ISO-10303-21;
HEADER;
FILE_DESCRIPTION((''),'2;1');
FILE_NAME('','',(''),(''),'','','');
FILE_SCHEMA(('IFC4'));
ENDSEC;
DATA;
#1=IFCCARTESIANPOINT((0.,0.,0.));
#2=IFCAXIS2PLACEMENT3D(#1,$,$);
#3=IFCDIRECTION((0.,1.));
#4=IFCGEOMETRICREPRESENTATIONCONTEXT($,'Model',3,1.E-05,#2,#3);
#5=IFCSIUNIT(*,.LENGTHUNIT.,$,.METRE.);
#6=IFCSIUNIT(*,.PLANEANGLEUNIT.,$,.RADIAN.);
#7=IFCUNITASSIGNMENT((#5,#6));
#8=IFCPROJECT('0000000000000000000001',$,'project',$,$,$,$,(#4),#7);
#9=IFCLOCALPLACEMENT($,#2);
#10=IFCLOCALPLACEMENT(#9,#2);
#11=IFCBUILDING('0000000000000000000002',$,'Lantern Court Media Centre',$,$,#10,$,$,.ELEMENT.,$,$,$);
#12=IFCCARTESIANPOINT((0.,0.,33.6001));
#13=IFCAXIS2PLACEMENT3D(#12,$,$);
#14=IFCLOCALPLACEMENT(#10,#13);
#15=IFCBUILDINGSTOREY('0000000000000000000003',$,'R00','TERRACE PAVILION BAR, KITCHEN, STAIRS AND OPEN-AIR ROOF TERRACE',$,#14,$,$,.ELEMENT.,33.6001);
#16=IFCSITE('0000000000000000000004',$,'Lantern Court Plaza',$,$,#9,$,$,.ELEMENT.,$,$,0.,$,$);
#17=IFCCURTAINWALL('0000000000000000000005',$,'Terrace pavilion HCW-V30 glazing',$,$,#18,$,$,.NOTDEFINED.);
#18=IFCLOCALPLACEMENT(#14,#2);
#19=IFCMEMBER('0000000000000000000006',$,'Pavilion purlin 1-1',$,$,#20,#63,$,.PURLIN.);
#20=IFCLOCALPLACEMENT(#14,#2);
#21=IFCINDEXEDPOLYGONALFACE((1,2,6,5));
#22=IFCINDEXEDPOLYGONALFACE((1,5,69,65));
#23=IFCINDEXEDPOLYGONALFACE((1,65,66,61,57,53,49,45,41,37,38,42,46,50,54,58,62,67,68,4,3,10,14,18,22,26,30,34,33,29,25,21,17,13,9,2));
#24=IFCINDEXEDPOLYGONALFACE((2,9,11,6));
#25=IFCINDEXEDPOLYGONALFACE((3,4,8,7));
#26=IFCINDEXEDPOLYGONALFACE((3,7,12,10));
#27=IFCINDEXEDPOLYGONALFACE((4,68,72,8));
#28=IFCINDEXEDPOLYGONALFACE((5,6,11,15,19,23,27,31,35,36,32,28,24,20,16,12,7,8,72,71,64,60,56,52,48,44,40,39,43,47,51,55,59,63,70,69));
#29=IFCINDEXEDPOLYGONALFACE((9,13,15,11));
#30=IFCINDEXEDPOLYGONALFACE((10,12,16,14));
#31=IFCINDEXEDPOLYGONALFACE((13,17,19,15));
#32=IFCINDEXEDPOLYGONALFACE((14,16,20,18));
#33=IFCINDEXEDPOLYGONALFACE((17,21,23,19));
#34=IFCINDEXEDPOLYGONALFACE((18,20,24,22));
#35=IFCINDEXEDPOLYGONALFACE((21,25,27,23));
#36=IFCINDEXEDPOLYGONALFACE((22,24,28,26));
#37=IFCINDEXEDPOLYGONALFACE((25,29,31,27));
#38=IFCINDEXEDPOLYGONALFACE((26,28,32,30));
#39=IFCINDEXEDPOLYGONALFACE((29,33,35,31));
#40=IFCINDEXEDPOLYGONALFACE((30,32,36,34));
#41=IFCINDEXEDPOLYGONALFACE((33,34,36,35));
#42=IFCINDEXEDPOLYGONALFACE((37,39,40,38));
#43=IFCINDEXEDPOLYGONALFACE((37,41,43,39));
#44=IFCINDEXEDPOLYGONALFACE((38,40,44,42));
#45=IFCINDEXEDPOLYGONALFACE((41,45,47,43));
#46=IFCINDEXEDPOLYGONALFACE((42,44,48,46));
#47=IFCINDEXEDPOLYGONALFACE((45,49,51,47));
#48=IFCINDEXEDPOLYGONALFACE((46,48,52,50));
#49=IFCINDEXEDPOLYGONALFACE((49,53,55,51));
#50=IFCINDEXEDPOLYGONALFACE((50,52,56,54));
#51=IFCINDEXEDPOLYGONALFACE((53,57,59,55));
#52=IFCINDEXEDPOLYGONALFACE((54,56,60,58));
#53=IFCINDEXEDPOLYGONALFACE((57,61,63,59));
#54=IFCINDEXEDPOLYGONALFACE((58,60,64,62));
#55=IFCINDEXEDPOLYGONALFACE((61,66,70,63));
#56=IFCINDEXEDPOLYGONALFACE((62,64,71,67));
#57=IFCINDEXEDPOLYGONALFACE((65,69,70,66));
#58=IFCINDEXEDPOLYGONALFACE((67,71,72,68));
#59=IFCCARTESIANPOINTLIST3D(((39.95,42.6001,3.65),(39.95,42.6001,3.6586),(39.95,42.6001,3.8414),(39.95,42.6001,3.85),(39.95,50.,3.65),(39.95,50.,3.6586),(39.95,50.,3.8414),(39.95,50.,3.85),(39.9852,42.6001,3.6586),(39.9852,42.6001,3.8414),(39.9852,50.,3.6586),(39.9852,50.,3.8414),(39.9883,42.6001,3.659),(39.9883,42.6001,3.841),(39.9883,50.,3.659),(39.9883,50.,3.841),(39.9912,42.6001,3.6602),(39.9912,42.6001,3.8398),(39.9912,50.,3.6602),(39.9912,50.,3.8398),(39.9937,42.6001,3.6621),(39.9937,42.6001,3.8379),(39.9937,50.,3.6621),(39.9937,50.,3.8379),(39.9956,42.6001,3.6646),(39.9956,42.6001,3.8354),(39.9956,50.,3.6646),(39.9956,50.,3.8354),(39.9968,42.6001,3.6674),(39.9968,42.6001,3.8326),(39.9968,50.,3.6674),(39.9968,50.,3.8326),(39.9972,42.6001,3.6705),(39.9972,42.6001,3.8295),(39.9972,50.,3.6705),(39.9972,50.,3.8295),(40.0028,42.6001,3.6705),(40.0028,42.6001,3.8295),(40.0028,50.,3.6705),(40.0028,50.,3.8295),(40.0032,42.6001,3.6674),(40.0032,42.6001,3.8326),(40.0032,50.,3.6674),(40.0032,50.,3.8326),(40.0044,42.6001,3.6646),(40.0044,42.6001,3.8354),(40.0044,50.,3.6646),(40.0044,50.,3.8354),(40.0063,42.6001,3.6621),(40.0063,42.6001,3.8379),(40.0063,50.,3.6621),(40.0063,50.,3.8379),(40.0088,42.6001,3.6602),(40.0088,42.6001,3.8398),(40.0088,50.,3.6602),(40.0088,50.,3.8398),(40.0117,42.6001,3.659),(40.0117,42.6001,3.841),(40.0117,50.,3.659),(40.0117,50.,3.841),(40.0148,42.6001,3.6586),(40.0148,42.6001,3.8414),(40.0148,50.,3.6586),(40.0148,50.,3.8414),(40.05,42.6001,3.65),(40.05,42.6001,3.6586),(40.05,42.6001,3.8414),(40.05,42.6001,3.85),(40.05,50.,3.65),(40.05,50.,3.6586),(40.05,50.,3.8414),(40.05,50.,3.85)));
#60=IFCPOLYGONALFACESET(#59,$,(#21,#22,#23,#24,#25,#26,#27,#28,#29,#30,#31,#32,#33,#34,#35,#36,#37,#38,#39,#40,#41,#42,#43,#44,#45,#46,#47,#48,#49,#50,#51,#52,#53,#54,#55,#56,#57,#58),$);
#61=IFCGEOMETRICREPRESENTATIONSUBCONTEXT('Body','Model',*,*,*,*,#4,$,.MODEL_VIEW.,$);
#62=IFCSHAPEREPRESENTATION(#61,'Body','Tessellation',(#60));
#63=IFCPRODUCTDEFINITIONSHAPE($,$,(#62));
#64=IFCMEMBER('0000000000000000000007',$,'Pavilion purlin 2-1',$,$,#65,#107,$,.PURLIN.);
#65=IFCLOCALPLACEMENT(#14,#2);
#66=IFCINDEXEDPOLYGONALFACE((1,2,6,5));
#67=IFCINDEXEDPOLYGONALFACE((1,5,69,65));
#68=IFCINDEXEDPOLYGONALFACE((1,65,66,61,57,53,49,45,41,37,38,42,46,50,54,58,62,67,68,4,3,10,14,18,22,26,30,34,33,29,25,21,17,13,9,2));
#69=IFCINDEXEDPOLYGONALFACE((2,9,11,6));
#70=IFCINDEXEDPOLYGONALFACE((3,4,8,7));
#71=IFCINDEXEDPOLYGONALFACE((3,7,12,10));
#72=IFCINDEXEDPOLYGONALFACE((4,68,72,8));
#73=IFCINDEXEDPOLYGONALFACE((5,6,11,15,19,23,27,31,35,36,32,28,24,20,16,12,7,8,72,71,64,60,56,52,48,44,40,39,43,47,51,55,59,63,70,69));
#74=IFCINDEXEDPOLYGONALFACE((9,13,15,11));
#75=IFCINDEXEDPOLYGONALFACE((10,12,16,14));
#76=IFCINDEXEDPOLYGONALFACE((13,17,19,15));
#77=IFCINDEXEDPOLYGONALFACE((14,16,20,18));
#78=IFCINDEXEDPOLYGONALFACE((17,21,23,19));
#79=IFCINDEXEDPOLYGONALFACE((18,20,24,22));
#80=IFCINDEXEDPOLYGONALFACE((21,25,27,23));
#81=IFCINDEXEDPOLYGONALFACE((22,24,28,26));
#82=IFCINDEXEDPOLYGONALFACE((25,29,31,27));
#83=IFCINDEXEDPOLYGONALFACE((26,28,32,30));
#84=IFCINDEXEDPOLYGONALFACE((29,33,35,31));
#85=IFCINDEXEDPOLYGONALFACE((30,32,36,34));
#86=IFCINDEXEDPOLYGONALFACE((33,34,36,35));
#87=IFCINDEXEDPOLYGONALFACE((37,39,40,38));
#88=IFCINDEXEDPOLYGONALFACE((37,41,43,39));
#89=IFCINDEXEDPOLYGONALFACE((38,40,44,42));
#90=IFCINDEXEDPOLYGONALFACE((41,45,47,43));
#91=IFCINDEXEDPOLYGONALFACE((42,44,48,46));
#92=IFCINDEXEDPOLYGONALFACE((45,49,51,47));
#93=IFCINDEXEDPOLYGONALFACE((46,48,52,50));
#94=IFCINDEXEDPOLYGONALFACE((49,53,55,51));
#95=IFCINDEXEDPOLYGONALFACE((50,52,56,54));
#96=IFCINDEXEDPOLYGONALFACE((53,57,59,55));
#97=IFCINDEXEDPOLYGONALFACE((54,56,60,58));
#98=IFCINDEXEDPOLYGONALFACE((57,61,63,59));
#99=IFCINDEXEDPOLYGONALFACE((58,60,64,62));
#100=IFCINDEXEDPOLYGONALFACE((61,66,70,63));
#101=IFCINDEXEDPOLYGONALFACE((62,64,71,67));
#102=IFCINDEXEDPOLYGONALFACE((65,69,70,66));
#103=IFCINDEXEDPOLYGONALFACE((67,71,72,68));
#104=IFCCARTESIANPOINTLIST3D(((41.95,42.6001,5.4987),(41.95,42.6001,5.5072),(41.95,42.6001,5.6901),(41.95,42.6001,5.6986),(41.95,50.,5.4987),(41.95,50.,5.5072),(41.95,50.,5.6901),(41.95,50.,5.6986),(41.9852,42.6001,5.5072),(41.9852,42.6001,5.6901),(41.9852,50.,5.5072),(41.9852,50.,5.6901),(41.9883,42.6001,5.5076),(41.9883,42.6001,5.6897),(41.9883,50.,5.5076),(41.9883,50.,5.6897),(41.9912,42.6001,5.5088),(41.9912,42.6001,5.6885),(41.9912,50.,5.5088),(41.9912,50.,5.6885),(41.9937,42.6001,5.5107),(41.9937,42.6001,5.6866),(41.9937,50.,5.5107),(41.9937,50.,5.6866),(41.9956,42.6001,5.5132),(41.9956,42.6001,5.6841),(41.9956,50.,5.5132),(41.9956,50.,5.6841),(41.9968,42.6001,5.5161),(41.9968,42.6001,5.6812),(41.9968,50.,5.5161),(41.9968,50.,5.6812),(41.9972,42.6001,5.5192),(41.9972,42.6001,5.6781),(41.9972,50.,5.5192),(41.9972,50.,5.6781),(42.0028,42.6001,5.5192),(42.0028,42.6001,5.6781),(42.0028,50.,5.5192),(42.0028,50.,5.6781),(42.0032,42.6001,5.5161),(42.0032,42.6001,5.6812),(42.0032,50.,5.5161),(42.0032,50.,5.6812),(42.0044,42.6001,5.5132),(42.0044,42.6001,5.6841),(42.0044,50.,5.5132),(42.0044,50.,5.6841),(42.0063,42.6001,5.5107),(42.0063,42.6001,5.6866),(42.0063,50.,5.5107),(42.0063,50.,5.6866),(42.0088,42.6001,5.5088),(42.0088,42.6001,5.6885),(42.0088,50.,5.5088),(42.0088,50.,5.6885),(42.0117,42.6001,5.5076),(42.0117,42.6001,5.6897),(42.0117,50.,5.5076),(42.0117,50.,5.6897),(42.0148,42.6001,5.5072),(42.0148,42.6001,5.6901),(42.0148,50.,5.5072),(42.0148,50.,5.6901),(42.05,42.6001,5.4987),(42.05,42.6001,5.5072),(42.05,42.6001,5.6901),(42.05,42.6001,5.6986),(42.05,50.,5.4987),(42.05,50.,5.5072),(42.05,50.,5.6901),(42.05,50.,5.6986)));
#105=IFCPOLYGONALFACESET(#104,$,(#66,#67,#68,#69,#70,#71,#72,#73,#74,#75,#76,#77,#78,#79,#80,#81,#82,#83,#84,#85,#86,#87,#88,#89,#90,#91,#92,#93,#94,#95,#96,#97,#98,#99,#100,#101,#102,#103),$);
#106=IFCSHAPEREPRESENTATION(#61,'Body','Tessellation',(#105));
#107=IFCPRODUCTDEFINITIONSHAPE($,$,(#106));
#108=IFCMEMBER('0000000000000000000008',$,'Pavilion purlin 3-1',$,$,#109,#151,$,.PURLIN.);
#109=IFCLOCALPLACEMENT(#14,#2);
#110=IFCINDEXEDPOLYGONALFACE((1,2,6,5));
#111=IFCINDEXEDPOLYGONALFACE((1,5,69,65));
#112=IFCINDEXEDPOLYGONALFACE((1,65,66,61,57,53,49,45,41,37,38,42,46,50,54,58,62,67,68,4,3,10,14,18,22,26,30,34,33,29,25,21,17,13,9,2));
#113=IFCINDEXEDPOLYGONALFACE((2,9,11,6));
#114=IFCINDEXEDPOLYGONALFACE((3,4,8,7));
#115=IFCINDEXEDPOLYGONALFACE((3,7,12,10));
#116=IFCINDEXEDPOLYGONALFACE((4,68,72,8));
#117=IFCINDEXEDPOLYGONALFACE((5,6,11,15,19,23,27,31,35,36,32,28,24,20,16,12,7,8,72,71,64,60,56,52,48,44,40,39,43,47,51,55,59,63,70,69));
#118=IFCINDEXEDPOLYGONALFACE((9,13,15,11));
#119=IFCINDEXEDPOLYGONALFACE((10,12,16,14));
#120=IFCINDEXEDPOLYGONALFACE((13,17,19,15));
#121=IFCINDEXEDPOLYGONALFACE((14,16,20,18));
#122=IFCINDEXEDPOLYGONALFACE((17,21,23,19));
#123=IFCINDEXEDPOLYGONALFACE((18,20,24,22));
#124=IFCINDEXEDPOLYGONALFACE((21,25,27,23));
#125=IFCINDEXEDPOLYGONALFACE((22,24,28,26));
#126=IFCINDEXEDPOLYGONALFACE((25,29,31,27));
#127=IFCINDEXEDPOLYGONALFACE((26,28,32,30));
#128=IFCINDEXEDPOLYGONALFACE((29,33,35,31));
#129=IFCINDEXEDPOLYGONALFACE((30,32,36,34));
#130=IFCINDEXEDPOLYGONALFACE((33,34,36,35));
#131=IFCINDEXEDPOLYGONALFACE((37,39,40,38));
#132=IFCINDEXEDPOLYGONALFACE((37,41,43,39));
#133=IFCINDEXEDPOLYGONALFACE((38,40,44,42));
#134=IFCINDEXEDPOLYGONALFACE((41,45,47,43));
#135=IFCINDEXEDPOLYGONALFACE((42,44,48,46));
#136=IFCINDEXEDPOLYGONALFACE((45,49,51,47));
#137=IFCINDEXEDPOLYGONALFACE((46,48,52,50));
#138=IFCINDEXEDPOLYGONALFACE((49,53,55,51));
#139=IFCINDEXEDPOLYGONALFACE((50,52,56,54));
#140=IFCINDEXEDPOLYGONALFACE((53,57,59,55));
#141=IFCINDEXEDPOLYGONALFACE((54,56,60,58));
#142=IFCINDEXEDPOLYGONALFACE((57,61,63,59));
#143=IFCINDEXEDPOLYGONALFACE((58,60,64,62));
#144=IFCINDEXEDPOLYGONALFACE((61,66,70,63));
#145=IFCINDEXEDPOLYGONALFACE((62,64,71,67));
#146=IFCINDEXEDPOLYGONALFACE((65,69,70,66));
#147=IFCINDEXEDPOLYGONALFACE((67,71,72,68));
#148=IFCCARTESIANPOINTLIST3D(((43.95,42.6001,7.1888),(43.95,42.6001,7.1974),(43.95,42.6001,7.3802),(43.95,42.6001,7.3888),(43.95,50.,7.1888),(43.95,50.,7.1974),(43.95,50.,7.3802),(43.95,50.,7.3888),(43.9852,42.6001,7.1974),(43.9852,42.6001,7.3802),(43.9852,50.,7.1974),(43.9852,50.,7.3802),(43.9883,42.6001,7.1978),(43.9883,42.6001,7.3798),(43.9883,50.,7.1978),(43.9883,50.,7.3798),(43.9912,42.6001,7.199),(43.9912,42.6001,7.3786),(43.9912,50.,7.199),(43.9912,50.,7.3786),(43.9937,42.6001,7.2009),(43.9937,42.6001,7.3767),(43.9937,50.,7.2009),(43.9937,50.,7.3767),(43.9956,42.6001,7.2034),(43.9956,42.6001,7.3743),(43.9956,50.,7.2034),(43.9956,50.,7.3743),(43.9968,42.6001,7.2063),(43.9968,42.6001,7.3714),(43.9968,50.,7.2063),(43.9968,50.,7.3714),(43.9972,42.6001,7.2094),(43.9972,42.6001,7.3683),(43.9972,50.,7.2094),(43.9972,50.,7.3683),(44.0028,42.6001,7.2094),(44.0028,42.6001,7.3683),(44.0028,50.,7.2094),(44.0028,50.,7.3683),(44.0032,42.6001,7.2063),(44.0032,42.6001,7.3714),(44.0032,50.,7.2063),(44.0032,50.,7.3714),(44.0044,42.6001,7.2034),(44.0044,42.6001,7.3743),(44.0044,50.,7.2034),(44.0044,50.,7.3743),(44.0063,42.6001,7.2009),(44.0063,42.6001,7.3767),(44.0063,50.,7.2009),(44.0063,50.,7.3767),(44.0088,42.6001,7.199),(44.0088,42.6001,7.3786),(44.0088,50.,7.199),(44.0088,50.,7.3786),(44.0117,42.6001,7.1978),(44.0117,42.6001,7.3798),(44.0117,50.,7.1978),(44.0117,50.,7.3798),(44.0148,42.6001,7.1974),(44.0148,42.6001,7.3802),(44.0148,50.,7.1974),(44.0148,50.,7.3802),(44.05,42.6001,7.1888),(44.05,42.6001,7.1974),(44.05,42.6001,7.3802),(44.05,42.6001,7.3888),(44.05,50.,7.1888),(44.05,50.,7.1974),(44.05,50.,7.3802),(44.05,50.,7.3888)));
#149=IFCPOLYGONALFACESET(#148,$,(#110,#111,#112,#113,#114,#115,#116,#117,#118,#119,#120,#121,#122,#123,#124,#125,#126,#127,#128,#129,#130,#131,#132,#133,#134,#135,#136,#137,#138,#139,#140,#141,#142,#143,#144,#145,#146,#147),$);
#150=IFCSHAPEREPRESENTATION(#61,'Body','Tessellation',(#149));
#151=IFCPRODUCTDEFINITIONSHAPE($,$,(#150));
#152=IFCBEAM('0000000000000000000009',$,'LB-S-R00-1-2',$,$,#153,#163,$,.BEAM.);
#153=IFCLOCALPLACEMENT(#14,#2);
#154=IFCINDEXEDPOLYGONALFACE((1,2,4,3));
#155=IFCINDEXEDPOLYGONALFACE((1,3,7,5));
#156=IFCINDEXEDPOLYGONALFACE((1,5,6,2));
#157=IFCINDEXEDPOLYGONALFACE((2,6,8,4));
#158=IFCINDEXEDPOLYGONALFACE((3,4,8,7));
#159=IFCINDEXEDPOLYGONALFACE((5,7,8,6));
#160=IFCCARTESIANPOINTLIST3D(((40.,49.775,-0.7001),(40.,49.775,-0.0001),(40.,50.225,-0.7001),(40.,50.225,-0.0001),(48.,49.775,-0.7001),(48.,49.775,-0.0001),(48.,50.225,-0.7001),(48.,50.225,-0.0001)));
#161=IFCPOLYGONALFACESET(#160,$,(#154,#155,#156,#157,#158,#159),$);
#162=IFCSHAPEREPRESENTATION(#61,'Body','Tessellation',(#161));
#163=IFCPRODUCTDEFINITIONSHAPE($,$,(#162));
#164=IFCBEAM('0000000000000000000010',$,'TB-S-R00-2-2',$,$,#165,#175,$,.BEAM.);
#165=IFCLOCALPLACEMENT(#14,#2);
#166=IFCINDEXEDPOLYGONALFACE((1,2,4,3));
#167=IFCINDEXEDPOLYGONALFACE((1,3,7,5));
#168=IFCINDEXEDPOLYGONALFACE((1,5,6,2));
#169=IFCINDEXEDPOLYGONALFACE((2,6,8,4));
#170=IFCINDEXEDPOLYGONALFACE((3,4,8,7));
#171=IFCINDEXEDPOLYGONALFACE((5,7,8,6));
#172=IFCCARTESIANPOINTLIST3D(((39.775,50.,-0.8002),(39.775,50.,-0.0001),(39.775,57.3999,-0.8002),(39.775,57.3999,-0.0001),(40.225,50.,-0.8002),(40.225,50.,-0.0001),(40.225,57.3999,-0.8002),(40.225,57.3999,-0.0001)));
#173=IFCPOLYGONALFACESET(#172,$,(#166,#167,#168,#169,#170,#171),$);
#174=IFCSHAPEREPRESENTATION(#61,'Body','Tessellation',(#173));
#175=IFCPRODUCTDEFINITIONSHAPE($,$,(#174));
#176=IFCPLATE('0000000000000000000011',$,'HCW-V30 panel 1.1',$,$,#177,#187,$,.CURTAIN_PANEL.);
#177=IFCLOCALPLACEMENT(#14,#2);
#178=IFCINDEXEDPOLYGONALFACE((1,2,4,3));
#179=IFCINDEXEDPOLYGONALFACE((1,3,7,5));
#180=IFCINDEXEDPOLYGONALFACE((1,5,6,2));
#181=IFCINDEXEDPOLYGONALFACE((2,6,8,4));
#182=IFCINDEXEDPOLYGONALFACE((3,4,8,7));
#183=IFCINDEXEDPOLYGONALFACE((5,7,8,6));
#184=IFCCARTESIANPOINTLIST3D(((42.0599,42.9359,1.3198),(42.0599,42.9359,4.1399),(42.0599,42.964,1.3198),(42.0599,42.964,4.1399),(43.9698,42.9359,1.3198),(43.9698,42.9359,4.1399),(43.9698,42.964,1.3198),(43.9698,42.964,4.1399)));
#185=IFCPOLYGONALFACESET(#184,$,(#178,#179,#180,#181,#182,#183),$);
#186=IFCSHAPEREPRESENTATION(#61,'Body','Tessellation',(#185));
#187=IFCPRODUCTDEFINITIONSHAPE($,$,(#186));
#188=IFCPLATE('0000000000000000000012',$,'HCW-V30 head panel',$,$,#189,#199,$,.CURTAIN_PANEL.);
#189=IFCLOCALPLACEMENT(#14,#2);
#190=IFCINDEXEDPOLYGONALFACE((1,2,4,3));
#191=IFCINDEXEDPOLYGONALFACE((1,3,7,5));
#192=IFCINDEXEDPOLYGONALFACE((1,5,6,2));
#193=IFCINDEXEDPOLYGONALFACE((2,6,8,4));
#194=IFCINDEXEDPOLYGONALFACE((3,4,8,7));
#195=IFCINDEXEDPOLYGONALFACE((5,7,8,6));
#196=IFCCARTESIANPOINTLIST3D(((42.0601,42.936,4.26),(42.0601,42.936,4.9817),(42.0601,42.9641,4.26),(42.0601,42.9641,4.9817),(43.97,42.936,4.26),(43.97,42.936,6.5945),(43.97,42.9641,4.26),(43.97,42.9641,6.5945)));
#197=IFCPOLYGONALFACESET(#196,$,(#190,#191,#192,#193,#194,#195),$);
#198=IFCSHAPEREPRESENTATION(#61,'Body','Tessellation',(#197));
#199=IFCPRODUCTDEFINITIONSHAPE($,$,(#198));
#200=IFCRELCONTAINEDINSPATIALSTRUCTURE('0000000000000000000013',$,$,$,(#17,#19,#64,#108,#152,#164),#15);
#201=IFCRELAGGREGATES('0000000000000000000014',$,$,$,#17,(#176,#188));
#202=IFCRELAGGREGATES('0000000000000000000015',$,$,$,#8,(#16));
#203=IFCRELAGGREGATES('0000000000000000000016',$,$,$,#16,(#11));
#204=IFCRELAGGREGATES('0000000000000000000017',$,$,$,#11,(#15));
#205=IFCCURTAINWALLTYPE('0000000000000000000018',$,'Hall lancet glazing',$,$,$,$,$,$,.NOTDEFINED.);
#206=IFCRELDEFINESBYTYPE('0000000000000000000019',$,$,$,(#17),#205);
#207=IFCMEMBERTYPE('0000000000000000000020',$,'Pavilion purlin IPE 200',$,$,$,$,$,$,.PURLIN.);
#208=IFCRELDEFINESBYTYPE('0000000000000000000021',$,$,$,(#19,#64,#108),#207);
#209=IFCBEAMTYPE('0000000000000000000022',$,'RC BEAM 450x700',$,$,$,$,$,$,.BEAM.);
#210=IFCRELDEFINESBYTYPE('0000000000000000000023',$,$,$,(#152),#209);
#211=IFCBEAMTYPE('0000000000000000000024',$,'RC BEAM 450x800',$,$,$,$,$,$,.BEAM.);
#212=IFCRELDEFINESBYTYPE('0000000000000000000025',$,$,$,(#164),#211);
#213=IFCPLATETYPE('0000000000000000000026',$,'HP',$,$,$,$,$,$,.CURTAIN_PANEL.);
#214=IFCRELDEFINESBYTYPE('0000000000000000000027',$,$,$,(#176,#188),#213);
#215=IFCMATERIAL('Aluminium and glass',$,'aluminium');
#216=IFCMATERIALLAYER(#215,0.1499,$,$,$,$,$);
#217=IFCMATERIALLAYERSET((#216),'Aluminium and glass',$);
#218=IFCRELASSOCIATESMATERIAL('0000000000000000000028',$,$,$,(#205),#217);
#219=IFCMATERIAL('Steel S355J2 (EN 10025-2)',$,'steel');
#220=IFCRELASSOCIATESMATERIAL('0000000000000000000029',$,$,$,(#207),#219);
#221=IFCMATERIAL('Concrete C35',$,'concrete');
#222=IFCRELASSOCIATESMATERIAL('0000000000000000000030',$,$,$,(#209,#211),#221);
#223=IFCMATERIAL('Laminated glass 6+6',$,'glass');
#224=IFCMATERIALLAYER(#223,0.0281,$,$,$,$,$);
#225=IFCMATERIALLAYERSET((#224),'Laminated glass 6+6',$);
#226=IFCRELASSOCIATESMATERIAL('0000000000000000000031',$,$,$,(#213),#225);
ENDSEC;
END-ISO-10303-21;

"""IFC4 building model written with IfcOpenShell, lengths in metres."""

from ifc_helpers import new_model, si_unit, direction, frame, origin, origin_2d, place, context, subcontext, project, spatial, polyline, rectangle, i_section, outline, extrude, material, layer, layer_set, material_profile, profile_set, type_object, element, aggregate, save


model = new_model("IFC4")

# Units and contexts
model_context = context("Model", 3, precision=1e-05, world=origin(), true_north=direction((0.0, 1.0)))
body_context = subcontext(model_context, "Body", "Model", "MODEL_VIEW")
ifc_project = project(units=[si_unit("LENGTHUNIT", "METRE"), si_unit("PLANEANGLEUNIT", "RADIAN")], contexts=[model_context])

# Site, building, storey
site_placement = place(None, origin())
site = spatial("IfcSite", under=ifc_project, at=site_placement, Name="Lantern Court Plaza", CompositionType="ELEMENT", RefElevation=0.0)
building_placement = place(site_placement, origin())
building = spatial("IfcBuilding", under=site, at=building_placement, Name="Lantern Court Media Centre", CompositionType="ELEMENT")
storey_placement = place(building_placement, frame((0.0, 0.0, 33.6001)))
storey = spatial("IfcBuildingStorey", under=building, at=storey_placement, Name="R00", Description="TERRACE PAVILION BAR, KITCHEN, STAIRS AND OPEN-AIR ROOF TERRACE", CompositionType="ELEMENT", Elevation=33.6001)

# Shared definitions
ifc_material_1 = material(Name="Steel S355J2 (EN 10025-2)", Category="steel")

# Curtain wall
ifc_material_2 = material(Name="Aluminium and glass", Category="aluminium")
ifc_layer_1 = layer(ifc_material_2, 0.1499)
ifc_layer_set_1 = layer_set([ifc_layer_1], Name="Aluminium and glass")
curtain_wall_type = type_object("IfcCurtainWallType", Name="Hall lancet glazing", PredefinedType="NOTDEFINED", material=ifc_layer_set_1)
curtain_wall_placement = place(storey_placement, origin())
curtain_wall = element("IfcCurtainWall", 1, at=curtain_wall_placement, inside=storey, type_object=curtain_wall_type, Name="Terrace pavilion HCW-V30 glazing", PredefinedType="NOTDEFINED")

# Members
ifc_material_profile_1 = material_profile(ifc_material_1, i_section(OverallWidth=0.1001, OverallDepth=0.2, WebThickness=0.0056, FlangeThickness=0.0085, FilletRadius=0.012, at=origin_2d()), Name="IPE 200")
ifc_profile_set_1 = profile_set([ifc_material_profile_1], Name="Steel S355J2 (EN 10025-2)")
member_type_1 = type_object("IfcMemberType", Name="Pavilion purlin IPE 200", PredefinedType="PURLIN", material=ifc_profile_set_1)
for number, where, z_axis, x_axis, name in (
    (2, (40.0, 42.6001, 3.75), (0.0, 1.0, 0.0), (-1.0, 0.0, 0.0), "Pavilion purlin 1-1"),
    (3, (42.0, 42.6001, 5.5986), (0.0, 1.0, 0.0), (-1.0, 0.0, 0.0), "Pavilion purlin 2-1"),
    (4, (44.0, 42.6001, 7.2888), (0.0, 1.0, 0.0), (-1.0, 0.0, 0.0), "Pavilion purlin 3-1"),
):
    element("IfcMember", number, at=place(storey_placement, frame(where, z_axis=z_axis, x_axis=x_axis)), inside=storey, type_object=member_type_1, Name=name, PredefinedType="PURLIN", context=body_context, shape_type="SweptSolid", body=[
        extrude(i_section(OverallWidth=0.1001, OverallDepth=0.2, WebThickness=0.0056, FlangeThickness=0.0085, FilletRadius=0.012, at=origin_2d()), origin(), (0.0, 0.0, 1.0), 7.3999),
    ])

# Beams
ifc_material_3 = material(Name="Concrete C35", Category="concrete")
ifc_material_profile_2 = material_profile(ifc_material_3, rectangle(XDim=0.45, YDim=0.7, at=origin_2d()), Name="RC 450x700")
ifc_profile_set_2 = profile_set([ifc_material_profile_2], Name="Concrete C35")
beam_type_1 = type_object("IfcBeamType", Name="RC BEAM 450x700", PredefinedType="BEAM", material=ifc_profile_set_2)
beam_1_placement = place(storey_placement, frame((40.0, 50.0, -0.3501), z_axis=(1.0, 0.0, 0.0), x_axis=(0.0, 1.0, 0.0)))
element("IfcBeam", 5, at=beam_1_placement, inside=storey, type_object=beam_type_1, Name="LB-S-R00-1-2", PredefinedType="BEAM", context=body_context, shape_type="SweptSolid", body=[
    extrude(rectangle(XDim=0.45, YDim=0.7, at=origin_2d()), origin(), (0.0, 0.0, 1.0), 8.0),
])
ifc_material_profile_3 = material_profile(ifc_material_3, rectangle(XDim=0.45, YDim=0.8, at=origin_2d()), Name="RC 450x800")
ifc_profile_set_3 = profile_set([ifc_material_profile_3], Name="Concrete C35")
beam_type_2 = type_object("IfcBeamType", Name="RC BEAM 450x800", PredefinedType="BEAM", material=ifc_profile_set_3)
beam_2_placement = place(storey_placement, frame((40.0, 50.0, -0.4001), z_axis=(0.0, 1.0, 0.0), x_axis=(-1.0, 0.0, 0.0)))
element("IfcBeam", 6, at=beam_2_placement, inside=storey, type_object=beam_type_2, Name="TB-S-R00-2-2", PredefinedType="BEAM", context=body_context, shape_type="SweptSolid", body=[
    extrude(rectangle(XDim=0.45, YDim=0.8, at=origin_2d()), origin(), (0.0, 0.0, 1.0), 7.3999),
])

# Plates
ifc_material_4 = material(Name="Laminated glass 6+6", Category="glass")
ifc_layer_2 = layer(ifc_material_4, 0.0281)
ifc_layer_set_2 = layer_set([ifc_layer_2], Name="Laminated glass 6+6")
plate_type_1 = type_object("IfcPlateType", Name="HP", PredefinedType="CURTAIN_PANEL", material=ifc_layer_set_2)
plate_1_placement = place(storey_placement, frame((43.0149, 42.95, 1.3198), z_axis=(0.0, 0.0, 1.0), x_axis=(1.0, 0.0, 0.0)))
plate_1 = element("IfcPlate", 7, at=plate_1_placement, type_object=plate_type_1, Name="HCW-V30 panel 1.1", PredefinedType="CURTAIN_PANEL", context=body_context, shape_type="SweptSolid", body=[
    extrude(rectangle(XDim=1.9099, YDim=0.0281, at=origin_2d()), origin(), (0.0, 0.0, 1.0), 2.8201),
])
plate_2_placement = place(storey_placement, frame((42.0601, 42.936, 4.26), z_axis=(0.0, -1.0, 0.0), x_axis=(1.0, 0.0, 0.0)))
plate_2 = element("IfcPlate", 8, at=plate_2_placement, type_object=plate_type_1, Name="HCW-V30 head panel", PredefinedType="CURTAIN_PANEL", context=body_context, shape_type="SweptSolid", body=[
    extrude(outline(polyline([(0.0, 0.0), (1.9099, 0.0), (1.9099, 2.3345), (0.0, 0.7217), (0.0, 0.0)])), origin(), (0.0, 0.0, -1.0), 0.0281),
])
aggregate(curtain_wall, [plate_1, plate_2])

save(model, "model.ifc")
